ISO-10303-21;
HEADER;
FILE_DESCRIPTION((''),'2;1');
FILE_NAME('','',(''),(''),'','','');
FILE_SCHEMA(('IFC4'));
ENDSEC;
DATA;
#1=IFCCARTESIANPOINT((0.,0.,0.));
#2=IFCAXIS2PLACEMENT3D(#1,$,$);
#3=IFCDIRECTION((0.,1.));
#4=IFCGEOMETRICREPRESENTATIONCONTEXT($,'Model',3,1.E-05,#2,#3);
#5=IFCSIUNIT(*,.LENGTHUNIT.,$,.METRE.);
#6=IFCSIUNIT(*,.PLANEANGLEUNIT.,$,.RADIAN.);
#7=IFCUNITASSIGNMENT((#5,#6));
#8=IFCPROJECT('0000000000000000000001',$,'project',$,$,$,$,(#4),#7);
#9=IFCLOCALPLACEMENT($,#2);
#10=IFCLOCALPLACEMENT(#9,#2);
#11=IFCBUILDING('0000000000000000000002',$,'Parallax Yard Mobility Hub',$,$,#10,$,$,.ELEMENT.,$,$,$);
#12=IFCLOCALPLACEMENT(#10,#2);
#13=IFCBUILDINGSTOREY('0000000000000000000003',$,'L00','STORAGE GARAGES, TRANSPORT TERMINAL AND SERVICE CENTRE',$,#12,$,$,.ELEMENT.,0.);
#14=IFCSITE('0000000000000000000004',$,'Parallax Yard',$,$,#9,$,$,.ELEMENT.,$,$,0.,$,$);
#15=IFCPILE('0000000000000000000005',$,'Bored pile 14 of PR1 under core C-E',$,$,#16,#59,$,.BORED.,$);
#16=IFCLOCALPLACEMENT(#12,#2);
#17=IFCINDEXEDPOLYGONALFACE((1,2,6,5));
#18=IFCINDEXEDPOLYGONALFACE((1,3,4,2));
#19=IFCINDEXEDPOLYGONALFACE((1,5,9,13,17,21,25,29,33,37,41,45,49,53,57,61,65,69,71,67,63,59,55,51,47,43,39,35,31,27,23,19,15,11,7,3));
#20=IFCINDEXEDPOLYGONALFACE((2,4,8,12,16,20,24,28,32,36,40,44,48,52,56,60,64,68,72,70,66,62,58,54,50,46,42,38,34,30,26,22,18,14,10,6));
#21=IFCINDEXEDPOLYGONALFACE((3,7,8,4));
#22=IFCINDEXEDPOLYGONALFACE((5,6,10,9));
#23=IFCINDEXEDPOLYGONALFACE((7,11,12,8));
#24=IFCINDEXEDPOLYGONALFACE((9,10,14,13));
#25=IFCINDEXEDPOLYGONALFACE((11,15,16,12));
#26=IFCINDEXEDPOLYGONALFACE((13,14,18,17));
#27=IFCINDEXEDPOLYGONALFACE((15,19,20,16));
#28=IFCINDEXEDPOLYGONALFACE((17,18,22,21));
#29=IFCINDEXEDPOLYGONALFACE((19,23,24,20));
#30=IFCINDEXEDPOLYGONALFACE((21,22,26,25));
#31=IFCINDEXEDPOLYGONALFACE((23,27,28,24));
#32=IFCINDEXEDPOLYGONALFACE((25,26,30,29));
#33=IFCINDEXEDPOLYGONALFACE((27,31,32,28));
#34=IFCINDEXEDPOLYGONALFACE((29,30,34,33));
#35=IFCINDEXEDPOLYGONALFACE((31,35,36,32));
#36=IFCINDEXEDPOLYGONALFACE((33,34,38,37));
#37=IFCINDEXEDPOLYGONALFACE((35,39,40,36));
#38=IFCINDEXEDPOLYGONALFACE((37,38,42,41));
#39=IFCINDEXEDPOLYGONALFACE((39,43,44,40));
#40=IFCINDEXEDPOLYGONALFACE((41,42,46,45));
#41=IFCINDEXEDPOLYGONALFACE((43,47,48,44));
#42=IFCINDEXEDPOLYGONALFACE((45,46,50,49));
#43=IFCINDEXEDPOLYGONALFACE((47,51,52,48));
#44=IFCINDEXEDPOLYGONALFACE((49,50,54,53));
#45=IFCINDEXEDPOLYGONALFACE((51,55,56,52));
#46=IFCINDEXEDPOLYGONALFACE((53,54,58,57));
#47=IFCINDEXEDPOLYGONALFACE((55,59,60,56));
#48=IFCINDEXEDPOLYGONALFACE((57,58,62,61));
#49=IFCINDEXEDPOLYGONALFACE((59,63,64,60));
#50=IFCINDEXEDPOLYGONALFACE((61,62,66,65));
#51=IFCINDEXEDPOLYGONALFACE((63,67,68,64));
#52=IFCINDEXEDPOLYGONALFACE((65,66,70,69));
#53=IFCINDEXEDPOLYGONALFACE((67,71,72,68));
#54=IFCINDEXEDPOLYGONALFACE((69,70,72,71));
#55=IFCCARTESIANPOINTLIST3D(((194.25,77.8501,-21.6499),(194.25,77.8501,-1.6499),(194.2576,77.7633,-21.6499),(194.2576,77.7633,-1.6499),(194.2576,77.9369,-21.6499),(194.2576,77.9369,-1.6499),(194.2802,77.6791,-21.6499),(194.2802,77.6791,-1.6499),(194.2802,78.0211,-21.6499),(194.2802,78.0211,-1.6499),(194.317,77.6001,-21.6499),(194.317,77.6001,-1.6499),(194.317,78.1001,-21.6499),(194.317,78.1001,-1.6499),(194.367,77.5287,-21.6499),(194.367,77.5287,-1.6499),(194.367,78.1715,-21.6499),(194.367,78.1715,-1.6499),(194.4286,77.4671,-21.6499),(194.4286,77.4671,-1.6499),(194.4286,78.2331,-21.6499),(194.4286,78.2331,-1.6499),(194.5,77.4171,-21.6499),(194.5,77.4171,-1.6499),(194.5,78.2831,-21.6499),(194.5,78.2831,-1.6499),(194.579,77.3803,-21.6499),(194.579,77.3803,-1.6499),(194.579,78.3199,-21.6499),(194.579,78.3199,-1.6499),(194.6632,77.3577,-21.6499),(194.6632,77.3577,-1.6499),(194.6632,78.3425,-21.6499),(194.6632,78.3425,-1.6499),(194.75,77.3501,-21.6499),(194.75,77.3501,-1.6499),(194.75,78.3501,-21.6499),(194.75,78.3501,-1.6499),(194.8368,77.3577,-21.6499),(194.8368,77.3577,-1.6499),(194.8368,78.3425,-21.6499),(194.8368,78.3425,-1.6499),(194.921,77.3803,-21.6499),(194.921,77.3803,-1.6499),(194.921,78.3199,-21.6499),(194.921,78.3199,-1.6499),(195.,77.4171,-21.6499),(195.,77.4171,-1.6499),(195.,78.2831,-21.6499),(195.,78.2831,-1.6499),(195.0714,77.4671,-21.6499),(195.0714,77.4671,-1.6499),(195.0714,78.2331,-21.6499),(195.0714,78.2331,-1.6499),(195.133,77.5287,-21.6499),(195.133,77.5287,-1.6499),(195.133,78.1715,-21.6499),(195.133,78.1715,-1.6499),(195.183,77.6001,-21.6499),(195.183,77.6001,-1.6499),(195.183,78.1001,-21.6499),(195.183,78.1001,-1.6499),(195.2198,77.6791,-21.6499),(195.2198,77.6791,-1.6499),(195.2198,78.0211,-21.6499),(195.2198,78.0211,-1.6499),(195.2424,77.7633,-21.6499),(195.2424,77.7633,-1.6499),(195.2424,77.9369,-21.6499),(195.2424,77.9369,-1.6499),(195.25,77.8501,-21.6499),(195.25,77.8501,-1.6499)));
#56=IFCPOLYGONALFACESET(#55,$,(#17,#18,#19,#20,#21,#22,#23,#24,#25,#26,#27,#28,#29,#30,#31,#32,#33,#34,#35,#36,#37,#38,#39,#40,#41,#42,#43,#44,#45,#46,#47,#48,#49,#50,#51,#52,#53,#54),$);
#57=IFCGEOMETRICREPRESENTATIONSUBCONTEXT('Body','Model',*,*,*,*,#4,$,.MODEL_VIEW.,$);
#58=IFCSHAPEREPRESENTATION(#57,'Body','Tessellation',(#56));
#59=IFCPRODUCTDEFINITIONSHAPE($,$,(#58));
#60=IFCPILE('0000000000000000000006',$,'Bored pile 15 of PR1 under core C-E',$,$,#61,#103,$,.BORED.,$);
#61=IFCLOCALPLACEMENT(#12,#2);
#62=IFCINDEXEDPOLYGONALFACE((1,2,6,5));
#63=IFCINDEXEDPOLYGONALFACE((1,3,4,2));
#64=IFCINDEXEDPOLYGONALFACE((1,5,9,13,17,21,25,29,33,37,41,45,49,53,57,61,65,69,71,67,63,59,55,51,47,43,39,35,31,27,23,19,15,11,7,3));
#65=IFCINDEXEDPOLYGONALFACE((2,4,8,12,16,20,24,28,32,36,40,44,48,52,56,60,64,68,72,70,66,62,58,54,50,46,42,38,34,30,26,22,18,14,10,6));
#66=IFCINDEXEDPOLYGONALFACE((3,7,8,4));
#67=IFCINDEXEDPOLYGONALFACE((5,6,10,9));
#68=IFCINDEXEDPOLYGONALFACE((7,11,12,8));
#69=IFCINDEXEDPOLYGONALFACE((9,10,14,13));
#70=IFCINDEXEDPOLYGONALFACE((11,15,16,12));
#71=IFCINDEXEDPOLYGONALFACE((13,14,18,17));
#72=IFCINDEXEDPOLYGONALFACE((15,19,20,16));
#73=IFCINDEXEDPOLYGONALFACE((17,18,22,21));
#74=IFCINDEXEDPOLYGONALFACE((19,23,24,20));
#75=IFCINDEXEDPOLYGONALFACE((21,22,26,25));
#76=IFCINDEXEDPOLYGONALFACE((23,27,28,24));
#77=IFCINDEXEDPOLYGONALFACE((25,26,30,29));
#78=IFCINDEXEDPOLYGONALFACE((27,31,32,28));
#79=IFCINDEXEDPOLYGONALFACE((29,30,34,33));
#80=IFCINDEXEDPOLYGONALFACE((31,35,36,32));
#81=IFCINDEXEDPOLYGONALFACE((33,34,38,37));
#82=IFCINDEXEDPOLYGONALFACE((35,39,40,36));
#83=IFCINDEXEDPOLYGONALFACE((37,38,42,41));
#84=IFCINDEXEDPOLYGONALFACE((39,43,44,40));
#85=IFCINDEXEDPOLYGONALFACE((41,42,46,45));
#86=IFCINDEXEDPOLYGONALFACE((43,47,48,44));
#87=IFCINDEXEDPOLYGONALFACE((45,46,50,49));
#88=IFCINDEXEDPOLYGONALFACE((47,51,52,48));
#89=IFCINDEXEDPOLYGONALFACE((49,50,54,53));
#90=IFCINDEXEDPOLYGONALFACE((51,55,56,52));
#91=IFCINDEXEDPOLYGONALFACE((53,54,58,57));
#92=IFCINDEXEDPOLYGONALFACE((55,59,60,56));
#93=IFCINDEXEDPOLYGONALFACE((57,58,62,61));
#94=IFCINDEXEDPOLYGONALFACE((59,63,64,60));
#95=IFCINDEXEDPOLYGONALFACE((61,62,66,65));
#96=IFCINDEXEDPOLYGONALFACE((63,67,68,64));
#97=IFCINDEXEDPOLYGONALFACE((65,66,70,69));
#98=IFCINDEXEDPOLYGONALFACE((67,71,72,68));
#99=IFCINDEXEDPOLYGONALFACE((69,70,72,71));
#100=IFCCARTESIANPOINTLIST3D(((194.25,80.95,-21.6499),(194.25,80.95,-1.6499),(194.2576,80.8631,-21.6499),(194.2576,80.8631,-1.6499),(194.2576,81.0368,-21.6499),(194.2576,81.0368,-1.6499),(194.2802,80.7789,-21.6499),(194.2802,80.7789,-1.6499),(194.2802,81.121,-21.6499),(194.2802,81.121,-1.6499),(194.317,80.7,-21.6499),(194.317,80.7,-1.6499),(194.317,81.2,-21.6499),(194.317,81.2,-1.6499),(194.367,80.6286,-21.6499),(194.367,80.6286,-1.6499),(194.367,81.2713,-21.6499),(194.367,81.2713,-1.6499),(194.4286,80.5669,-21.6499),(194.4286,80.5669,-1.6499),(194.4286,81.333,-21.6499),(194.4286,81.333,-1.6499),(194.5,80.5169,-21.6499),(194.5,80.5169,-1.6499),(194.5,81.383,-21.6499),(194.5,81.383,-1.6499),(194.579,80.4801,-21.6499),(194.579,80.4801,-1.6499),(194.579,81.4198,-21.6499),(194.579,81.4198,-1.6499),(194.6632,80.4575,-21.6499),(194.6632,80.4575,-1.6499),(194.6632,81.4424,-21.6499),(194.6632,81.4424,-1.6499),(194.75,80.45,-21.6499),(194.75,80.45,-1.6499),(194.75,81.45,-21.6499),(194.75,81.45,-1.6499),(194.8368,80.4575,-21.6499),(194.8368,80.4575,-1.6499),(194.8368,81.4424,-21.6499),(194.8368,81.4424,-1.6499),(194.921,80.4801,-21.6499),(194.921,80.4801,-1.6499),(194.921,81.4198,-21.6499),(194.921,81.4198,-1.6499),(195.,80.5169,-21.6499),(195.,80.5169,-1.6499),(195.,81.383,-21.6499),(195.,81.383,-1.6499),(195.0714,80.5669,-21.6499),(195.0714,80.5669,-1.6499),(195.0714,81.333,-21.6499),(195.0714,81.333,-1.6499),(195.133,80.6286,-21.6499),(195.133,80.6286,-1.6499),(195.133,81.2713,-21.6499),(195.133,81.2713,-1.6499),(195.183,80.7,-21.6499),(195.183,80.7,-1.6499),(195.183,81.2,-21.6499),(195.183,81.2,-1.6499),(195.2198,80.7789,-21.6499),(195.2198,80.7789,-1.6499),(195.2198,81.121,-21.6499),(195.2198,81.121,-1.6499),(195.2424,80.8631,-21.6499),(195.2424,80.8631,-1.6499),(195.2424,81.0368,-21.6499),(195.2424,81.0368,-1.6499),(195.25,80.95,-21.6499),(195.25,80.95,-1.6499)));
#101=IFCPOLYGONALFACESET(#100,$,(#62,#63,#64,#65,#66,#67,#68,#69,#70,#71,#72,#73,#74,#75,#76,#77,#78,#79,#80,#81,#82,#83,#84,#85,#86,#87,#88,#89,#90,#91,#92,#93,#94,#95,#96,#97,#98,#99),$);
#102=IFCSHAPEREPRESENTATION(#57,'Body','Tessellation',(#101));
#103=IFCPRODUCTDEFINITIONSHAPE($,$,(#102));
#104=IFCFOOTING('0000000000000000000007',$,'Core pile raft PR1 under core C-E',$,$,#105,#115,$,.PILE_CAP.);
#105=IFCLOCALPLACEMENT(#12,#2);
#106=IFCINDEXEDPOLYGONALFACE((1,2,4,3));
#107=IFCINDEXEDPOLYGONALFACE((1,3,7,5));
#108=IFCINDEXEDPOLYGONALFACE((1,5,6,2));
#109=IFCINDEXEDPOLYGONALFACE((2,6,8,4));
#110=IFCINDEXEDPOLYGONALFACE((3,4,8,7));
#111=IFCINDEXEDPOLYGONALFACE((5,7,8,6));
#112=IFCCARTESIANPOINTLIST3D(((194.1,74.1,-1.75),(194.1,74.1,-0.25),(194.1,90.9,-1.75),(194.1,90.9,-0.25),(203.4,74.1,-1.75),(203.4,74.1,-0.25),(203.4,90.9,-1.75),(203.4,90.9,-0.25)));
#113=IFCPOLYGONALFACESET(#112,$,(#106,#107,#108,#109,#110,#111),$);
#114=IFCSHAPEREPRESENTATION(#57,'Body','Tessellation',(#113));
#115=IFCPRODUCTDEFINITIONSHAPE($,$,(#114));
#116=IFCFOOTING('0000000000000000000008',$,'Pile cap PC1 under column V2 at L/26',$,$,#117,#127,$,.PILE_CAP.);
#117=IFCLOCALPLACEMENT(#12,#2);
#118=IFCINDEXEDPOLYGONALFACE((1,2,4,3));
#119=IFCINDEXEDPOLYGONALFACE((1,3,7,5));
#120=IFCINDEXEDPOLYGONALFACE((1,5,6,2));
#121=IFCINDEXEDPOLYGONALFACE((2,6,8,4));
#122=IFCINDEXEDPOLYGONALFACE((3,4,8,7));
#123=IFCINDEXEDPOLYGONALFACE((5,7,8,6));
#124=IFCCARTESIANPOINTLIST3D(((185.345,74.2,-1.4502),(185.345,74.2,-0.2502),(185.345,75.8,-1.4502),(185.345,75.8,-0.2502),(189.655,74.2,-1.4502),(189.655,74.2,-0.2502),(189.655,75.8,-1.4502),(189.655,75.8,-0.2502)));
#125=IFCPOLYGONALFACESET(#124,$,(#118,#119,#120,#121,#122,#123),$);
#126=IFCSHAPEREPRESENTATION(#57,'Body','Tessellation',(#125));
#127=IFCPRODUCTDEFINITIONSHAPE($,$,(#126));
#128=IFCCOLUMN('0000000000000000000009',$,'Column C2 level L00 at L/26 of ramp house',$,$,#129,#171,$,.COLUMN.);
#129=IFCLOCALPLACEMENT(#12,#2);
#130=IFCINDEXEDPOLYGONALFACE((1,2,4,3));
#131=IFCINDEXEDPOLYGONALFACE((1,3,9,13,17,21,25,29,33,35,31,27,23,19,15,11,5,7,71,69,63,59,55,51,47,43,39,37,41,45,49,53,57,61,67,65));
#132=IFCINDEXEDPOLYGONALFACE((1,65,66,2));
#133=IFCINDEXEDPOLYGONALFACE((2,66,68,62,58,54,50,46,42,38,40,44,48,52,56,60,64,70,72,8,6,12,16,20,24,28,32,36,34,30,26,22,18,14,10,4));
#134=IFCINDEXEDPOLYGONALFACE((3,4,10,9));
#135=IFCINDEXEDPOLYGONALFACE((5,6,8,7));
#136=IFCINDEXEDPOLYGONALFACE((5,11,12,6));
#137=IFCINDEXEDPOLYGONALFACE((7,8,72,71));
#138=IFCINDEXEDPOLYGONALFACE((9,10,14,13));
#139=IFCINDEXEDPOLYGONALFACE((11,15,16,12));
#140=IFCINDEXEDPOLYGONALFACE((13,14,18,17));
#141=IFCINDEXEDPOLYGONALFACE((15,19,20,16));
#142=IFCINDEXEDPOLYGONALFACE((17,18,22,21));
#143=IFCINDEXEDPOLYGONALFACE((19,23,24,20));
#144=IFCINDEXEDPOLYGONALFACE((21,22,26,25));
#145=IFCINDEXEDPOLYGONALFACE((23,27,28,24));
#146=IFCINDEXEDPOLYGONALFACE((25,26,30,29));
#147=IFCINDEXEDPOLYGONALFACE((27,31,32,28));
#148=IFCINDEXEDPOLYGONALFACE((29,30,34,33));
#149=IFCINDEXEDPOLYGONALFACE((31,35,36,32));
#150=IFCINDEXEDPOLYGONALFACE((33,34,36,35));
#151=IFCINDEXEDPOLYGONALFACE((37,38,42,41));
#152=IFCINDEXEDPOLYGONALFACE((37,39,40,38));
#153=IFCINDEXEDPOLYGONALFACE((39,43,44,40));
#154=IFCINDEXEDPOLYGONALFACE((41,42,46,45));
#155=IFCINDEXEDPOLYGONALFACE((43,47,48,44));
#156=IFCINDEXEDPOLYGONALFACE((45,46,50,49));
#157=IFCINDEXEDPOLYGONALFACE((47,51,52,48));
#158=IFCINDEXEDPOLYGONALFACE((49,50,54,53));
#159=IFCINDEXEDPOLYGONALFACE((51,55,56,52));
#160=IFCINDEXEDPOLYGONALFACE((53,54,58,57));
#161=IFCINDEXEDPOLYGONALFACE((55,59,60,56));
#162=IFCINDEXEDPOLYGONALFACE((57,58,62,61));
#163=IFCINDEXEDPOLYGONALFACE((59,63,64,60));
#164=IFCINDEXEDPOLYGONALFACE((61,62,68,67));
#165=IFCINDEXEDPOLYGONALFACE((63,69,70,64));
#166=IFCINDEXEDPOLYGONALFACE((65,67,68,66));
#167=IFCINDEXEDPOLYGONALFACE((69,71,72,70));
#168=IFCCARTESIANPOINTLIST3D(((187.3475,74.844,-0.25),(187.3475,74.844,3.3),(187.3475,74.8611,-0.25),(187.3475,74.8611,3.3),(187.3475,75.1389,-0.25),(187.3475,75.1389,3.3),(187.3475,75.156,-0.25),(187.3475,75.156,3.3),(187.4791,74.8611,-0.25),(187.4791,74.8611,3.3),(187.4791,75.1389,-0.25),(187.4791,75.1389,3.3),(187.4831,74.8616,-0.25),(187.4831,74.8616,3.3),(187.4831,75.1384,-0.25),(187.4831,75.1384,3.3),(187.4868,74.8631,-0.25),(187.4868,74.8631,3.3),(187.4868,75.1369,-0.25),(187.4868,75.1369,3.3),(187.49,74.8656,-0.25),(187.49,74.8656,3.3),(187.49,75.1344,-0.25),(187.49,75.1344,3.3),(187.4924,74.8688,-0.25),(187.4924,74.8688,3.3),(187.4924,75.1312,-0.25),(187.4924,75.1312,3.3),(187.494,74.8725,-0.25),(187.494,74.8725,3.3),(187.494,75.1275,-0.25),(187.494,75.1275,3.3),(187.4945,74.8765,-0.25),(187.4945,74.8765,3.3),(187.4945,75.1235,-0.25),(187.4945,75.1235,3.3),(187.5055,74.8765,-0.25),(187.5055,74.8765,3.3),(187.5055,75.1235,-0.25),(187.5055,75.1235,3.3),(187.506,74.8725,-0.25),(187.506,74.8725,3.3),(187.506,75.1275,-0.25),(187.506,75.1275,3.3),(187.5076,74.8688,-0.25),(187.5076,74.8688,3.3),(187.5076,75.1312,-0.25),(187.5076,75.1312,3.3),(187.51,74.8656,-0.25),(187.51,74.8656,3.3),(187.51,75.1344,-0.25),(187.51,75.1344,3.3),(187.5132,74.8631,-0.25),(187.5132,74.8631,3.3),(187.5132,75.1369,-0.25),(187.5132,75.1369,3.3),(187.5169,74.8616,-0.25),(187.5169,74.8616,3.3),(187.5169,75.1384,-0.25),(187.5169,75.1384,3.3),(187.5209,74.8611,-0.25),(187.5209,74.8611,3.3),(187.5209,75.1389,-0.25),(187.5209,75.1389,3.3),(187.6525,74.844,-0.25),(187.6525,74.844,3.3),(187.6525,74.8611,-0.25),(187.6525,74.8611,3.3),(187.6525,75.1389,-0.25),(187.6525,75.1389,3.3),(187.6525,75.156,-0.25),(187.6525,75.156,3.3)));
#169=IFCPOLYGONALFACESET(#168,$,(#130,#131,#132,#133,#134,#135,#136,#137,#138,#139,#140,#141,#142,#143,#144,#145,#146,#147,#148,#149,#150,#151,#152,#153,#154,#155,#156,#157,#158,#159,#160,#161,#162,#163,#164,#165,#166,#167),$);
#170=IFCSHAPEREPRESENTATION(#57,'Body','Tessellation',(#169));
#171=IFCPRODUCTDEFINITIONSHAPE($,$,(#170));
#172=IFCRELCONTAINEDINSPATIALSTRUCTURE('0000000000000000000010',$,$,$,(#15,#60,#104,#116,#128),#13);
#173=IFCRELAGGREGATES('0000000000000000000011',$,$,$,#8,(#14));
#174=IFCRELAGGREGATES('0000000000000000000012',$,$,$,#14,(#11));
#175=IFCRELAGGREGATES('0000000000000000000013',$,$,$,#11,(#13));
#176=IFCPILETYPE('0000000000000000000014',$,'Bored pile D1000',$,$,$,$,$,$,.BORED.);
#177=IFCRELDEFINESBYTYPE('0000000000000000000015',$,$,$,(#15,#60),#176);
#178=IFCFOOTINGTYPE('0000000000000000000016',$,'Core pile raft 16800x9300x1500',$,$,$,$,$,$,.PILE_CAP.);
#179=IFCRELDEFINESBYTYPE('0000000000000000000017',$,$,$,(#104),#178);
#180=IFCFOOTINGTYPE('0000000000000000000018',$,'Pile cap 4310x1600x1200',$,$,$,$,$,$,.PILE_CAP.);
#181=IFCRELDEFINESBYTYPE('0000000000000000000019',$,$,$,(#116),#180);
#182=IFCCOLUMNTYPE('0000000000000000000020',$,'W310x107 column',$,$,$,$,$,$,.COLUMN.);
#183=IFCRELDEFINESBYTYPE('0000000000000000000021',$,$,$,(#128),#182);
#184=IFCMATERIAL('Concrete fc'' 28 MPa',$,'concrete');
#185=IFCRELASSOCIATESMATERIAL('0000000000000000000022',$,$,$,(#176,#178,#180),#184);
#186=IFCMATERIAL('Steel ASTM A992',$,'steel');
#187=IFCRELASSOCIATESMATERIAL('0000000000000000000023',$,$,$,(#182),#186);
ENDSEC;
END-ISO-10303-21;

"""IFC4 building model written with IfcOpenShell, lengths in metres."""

from ifc_helpers import new_model, si_unit, direction, frame, origin, origin_2d, place, context, subcontext, project, spatial, rectangle, circle, i_section, extrude, material, material_profile, profile_set, type_object, element, save


model = new_model("IFC4")

# Units and contexts
model_context = context("Model", 3, precision=1e-05, world=origin(), true_north=direction((0.0, 1.0)))
body_context = subcontext(model_context, "Body", "Model", "MODEL_VIEW")
ifc_project = project(units=[si_unit("LENGTHUNIT", "METRE"), si_unit("PLANEANGLEUNIT", "RADIAN")], contexts=[model_context])

# Site, building, storey
site_placement = place(None, origin())
site = spatial("IfcSite", under=ifc_project, at=site_placement, Name="Parallax Yard", CompositionType="ELEMENT", RefElevation=0.0)
building_placement = place(site_placement, origin())
building = spatial("IfcBuilding", under=site, at=building_placement, Name="Parallax Yard Mobility Hub", CompositionType="ELEMENT")
storey_placement = place(building_placement, origin())
storey = spatial("IfcBuildingStorey", under=building, at=storey_placement, Name="L00", Description="STORAGE GARAGES, TRANSPORT TERMINAL AND SERVICE CENTRE", CompositionType="ELEMENT", Elevation=0.0)

# Piles
ifc_material_1 = material(Name="Concrete fc' 28 MPa", Category="concrete")
ifc_material_profile_1 = material_profile(ifc_material_1, circle(Radius=0.5, at=origin_2d()), Name="Bored pile D1000")
ifc_profile_set_1 = profile_set([ifc_material_profile_1], Name="Concrete fc' 28 MPa")
pile_type = type_object("IfcPileType", Name="Bored pile D1000", PredefinedType="BORED", material=ifc_profile_set_1)
for number, where, z_axis, x_axis, name in (
    (1, (194.75, 77.8501, -1.6499), (0.0, 0.0, -1.0), (1.0, 0.0, 0.0), "Bored pile 14 of PR1 under core C-E"),
    (2, (194.75, 80.95, -1.6499), (0.0, 0.0, -1.0), (1.0, 0.0, 0.0), "Bored pile 15 of PR1 under core C-E"),
):
    element("IfcPile", number, at=place(storey_placement, frame(where, z_axis=z_axis, x_axis=x_axis)), inside=storey, type_object=pile_type, Name=name, PredefinedType="BORED", context=body_context, shape_type="SweptSolid", body=[
        extrude(circle(Radius=0.5, at=origin_2d()), origin(), (0.0, 0.0, 1.0), 20.0),
    ])

# Footings
footing_type_1 = type_object("IfcFootingType", Name="Core pile raft 16800x9300x1500", PredefinedType="PILE_CAP", material=ifc_material_1)
footing_1_placement = place(storey_placement, frame((198.75, 82.5, -1.75), z_axis=(0.0, 0.0, 1.0), x_axis=(0.0, 1.0, 0.0)))
element("IfcFooting", 3, at=footing_1_placement, inside=storey, type_object=footing_type_1, Name="Core pile raft PR1 under core C-E", PredefinedType="PILE_CAP", context=body_context, shape_type="SweptSolid", body=[
    extrude(rectangle(XDim=16.8, YDim=9.3, at=origin_2d()), origin(), (0.0, 0.0, 1.0), 1.5),
])
footing_type_2 = type_object("IfcFootingType", Name="Pile cap 4310x1600x1200", PredefinedType="PILE_CAP", material=ifc_material_1)
footing_2_placement = place(storey_placement, frame((187.5, 75.0, -1.4502), z_axis=(0.0, 0.0, 1.0), x_axis=(1.0, 0.0, 0.0)))
element("IfcFooting", 4, at=footing_2_placement, inside=storey, type_object=footing_type_2, Name="Pile cap PC1 under column V2 at L/26", PredefinedType="PILE_CAP", context=body_context, shape_type="SweptSolid", body=[
    extrude(rectangle(XDim=4.3101, YDim=1.6001, at=origin_2d()), origin(), (0.0, 0.0, 1.0), 1.2),
])

# Column
ifc_material_2 = material(Name="Steel ASTM A992", Category="steel")
ifc_material_profile_2 = material_profile(ifc_material_2, i_section(OverallWidth=0.3049, OverallDepth=0.312, WebThickness=0.011, FlangeThickness=0.0171, FilletRadius=0.0154, at=origin_2d()), Name="W310x107")
ifc_profile_set_2 = profile_set([ifc_material_profile_2], Name="Steel ASTM A992")
column_type = type_object("IfcColumnType", Name="W310x107 column", PredefinedType="COLUMN", material=ifc_profile_set_2)
column_placement = place(storey_placement, frame((187.5, 75.0, -0.25), z_axis=(0.0, 0.0, 1.0), x_axis=(1.0, 0.0, 0.0)))
element("IfcColumn", 5, at=column_placement, inside=storey, type_object=column_type, Name="Column C2 level L00 at L/26 of ramp house", PredefinedType="COLUMN", context=body_context, shape_type="SweptSolid", body=[
    extrude(i_section(OverallWidth=0.3049, OverallDepth=0.312, WebThickness=0.011, FlangeThickness=0.0171, FilletRadius=0.0154, at=origin_2d()), origin(), (0.0, 0.0, 1.0), 3.55),
])

save(model, "model.ifc")
